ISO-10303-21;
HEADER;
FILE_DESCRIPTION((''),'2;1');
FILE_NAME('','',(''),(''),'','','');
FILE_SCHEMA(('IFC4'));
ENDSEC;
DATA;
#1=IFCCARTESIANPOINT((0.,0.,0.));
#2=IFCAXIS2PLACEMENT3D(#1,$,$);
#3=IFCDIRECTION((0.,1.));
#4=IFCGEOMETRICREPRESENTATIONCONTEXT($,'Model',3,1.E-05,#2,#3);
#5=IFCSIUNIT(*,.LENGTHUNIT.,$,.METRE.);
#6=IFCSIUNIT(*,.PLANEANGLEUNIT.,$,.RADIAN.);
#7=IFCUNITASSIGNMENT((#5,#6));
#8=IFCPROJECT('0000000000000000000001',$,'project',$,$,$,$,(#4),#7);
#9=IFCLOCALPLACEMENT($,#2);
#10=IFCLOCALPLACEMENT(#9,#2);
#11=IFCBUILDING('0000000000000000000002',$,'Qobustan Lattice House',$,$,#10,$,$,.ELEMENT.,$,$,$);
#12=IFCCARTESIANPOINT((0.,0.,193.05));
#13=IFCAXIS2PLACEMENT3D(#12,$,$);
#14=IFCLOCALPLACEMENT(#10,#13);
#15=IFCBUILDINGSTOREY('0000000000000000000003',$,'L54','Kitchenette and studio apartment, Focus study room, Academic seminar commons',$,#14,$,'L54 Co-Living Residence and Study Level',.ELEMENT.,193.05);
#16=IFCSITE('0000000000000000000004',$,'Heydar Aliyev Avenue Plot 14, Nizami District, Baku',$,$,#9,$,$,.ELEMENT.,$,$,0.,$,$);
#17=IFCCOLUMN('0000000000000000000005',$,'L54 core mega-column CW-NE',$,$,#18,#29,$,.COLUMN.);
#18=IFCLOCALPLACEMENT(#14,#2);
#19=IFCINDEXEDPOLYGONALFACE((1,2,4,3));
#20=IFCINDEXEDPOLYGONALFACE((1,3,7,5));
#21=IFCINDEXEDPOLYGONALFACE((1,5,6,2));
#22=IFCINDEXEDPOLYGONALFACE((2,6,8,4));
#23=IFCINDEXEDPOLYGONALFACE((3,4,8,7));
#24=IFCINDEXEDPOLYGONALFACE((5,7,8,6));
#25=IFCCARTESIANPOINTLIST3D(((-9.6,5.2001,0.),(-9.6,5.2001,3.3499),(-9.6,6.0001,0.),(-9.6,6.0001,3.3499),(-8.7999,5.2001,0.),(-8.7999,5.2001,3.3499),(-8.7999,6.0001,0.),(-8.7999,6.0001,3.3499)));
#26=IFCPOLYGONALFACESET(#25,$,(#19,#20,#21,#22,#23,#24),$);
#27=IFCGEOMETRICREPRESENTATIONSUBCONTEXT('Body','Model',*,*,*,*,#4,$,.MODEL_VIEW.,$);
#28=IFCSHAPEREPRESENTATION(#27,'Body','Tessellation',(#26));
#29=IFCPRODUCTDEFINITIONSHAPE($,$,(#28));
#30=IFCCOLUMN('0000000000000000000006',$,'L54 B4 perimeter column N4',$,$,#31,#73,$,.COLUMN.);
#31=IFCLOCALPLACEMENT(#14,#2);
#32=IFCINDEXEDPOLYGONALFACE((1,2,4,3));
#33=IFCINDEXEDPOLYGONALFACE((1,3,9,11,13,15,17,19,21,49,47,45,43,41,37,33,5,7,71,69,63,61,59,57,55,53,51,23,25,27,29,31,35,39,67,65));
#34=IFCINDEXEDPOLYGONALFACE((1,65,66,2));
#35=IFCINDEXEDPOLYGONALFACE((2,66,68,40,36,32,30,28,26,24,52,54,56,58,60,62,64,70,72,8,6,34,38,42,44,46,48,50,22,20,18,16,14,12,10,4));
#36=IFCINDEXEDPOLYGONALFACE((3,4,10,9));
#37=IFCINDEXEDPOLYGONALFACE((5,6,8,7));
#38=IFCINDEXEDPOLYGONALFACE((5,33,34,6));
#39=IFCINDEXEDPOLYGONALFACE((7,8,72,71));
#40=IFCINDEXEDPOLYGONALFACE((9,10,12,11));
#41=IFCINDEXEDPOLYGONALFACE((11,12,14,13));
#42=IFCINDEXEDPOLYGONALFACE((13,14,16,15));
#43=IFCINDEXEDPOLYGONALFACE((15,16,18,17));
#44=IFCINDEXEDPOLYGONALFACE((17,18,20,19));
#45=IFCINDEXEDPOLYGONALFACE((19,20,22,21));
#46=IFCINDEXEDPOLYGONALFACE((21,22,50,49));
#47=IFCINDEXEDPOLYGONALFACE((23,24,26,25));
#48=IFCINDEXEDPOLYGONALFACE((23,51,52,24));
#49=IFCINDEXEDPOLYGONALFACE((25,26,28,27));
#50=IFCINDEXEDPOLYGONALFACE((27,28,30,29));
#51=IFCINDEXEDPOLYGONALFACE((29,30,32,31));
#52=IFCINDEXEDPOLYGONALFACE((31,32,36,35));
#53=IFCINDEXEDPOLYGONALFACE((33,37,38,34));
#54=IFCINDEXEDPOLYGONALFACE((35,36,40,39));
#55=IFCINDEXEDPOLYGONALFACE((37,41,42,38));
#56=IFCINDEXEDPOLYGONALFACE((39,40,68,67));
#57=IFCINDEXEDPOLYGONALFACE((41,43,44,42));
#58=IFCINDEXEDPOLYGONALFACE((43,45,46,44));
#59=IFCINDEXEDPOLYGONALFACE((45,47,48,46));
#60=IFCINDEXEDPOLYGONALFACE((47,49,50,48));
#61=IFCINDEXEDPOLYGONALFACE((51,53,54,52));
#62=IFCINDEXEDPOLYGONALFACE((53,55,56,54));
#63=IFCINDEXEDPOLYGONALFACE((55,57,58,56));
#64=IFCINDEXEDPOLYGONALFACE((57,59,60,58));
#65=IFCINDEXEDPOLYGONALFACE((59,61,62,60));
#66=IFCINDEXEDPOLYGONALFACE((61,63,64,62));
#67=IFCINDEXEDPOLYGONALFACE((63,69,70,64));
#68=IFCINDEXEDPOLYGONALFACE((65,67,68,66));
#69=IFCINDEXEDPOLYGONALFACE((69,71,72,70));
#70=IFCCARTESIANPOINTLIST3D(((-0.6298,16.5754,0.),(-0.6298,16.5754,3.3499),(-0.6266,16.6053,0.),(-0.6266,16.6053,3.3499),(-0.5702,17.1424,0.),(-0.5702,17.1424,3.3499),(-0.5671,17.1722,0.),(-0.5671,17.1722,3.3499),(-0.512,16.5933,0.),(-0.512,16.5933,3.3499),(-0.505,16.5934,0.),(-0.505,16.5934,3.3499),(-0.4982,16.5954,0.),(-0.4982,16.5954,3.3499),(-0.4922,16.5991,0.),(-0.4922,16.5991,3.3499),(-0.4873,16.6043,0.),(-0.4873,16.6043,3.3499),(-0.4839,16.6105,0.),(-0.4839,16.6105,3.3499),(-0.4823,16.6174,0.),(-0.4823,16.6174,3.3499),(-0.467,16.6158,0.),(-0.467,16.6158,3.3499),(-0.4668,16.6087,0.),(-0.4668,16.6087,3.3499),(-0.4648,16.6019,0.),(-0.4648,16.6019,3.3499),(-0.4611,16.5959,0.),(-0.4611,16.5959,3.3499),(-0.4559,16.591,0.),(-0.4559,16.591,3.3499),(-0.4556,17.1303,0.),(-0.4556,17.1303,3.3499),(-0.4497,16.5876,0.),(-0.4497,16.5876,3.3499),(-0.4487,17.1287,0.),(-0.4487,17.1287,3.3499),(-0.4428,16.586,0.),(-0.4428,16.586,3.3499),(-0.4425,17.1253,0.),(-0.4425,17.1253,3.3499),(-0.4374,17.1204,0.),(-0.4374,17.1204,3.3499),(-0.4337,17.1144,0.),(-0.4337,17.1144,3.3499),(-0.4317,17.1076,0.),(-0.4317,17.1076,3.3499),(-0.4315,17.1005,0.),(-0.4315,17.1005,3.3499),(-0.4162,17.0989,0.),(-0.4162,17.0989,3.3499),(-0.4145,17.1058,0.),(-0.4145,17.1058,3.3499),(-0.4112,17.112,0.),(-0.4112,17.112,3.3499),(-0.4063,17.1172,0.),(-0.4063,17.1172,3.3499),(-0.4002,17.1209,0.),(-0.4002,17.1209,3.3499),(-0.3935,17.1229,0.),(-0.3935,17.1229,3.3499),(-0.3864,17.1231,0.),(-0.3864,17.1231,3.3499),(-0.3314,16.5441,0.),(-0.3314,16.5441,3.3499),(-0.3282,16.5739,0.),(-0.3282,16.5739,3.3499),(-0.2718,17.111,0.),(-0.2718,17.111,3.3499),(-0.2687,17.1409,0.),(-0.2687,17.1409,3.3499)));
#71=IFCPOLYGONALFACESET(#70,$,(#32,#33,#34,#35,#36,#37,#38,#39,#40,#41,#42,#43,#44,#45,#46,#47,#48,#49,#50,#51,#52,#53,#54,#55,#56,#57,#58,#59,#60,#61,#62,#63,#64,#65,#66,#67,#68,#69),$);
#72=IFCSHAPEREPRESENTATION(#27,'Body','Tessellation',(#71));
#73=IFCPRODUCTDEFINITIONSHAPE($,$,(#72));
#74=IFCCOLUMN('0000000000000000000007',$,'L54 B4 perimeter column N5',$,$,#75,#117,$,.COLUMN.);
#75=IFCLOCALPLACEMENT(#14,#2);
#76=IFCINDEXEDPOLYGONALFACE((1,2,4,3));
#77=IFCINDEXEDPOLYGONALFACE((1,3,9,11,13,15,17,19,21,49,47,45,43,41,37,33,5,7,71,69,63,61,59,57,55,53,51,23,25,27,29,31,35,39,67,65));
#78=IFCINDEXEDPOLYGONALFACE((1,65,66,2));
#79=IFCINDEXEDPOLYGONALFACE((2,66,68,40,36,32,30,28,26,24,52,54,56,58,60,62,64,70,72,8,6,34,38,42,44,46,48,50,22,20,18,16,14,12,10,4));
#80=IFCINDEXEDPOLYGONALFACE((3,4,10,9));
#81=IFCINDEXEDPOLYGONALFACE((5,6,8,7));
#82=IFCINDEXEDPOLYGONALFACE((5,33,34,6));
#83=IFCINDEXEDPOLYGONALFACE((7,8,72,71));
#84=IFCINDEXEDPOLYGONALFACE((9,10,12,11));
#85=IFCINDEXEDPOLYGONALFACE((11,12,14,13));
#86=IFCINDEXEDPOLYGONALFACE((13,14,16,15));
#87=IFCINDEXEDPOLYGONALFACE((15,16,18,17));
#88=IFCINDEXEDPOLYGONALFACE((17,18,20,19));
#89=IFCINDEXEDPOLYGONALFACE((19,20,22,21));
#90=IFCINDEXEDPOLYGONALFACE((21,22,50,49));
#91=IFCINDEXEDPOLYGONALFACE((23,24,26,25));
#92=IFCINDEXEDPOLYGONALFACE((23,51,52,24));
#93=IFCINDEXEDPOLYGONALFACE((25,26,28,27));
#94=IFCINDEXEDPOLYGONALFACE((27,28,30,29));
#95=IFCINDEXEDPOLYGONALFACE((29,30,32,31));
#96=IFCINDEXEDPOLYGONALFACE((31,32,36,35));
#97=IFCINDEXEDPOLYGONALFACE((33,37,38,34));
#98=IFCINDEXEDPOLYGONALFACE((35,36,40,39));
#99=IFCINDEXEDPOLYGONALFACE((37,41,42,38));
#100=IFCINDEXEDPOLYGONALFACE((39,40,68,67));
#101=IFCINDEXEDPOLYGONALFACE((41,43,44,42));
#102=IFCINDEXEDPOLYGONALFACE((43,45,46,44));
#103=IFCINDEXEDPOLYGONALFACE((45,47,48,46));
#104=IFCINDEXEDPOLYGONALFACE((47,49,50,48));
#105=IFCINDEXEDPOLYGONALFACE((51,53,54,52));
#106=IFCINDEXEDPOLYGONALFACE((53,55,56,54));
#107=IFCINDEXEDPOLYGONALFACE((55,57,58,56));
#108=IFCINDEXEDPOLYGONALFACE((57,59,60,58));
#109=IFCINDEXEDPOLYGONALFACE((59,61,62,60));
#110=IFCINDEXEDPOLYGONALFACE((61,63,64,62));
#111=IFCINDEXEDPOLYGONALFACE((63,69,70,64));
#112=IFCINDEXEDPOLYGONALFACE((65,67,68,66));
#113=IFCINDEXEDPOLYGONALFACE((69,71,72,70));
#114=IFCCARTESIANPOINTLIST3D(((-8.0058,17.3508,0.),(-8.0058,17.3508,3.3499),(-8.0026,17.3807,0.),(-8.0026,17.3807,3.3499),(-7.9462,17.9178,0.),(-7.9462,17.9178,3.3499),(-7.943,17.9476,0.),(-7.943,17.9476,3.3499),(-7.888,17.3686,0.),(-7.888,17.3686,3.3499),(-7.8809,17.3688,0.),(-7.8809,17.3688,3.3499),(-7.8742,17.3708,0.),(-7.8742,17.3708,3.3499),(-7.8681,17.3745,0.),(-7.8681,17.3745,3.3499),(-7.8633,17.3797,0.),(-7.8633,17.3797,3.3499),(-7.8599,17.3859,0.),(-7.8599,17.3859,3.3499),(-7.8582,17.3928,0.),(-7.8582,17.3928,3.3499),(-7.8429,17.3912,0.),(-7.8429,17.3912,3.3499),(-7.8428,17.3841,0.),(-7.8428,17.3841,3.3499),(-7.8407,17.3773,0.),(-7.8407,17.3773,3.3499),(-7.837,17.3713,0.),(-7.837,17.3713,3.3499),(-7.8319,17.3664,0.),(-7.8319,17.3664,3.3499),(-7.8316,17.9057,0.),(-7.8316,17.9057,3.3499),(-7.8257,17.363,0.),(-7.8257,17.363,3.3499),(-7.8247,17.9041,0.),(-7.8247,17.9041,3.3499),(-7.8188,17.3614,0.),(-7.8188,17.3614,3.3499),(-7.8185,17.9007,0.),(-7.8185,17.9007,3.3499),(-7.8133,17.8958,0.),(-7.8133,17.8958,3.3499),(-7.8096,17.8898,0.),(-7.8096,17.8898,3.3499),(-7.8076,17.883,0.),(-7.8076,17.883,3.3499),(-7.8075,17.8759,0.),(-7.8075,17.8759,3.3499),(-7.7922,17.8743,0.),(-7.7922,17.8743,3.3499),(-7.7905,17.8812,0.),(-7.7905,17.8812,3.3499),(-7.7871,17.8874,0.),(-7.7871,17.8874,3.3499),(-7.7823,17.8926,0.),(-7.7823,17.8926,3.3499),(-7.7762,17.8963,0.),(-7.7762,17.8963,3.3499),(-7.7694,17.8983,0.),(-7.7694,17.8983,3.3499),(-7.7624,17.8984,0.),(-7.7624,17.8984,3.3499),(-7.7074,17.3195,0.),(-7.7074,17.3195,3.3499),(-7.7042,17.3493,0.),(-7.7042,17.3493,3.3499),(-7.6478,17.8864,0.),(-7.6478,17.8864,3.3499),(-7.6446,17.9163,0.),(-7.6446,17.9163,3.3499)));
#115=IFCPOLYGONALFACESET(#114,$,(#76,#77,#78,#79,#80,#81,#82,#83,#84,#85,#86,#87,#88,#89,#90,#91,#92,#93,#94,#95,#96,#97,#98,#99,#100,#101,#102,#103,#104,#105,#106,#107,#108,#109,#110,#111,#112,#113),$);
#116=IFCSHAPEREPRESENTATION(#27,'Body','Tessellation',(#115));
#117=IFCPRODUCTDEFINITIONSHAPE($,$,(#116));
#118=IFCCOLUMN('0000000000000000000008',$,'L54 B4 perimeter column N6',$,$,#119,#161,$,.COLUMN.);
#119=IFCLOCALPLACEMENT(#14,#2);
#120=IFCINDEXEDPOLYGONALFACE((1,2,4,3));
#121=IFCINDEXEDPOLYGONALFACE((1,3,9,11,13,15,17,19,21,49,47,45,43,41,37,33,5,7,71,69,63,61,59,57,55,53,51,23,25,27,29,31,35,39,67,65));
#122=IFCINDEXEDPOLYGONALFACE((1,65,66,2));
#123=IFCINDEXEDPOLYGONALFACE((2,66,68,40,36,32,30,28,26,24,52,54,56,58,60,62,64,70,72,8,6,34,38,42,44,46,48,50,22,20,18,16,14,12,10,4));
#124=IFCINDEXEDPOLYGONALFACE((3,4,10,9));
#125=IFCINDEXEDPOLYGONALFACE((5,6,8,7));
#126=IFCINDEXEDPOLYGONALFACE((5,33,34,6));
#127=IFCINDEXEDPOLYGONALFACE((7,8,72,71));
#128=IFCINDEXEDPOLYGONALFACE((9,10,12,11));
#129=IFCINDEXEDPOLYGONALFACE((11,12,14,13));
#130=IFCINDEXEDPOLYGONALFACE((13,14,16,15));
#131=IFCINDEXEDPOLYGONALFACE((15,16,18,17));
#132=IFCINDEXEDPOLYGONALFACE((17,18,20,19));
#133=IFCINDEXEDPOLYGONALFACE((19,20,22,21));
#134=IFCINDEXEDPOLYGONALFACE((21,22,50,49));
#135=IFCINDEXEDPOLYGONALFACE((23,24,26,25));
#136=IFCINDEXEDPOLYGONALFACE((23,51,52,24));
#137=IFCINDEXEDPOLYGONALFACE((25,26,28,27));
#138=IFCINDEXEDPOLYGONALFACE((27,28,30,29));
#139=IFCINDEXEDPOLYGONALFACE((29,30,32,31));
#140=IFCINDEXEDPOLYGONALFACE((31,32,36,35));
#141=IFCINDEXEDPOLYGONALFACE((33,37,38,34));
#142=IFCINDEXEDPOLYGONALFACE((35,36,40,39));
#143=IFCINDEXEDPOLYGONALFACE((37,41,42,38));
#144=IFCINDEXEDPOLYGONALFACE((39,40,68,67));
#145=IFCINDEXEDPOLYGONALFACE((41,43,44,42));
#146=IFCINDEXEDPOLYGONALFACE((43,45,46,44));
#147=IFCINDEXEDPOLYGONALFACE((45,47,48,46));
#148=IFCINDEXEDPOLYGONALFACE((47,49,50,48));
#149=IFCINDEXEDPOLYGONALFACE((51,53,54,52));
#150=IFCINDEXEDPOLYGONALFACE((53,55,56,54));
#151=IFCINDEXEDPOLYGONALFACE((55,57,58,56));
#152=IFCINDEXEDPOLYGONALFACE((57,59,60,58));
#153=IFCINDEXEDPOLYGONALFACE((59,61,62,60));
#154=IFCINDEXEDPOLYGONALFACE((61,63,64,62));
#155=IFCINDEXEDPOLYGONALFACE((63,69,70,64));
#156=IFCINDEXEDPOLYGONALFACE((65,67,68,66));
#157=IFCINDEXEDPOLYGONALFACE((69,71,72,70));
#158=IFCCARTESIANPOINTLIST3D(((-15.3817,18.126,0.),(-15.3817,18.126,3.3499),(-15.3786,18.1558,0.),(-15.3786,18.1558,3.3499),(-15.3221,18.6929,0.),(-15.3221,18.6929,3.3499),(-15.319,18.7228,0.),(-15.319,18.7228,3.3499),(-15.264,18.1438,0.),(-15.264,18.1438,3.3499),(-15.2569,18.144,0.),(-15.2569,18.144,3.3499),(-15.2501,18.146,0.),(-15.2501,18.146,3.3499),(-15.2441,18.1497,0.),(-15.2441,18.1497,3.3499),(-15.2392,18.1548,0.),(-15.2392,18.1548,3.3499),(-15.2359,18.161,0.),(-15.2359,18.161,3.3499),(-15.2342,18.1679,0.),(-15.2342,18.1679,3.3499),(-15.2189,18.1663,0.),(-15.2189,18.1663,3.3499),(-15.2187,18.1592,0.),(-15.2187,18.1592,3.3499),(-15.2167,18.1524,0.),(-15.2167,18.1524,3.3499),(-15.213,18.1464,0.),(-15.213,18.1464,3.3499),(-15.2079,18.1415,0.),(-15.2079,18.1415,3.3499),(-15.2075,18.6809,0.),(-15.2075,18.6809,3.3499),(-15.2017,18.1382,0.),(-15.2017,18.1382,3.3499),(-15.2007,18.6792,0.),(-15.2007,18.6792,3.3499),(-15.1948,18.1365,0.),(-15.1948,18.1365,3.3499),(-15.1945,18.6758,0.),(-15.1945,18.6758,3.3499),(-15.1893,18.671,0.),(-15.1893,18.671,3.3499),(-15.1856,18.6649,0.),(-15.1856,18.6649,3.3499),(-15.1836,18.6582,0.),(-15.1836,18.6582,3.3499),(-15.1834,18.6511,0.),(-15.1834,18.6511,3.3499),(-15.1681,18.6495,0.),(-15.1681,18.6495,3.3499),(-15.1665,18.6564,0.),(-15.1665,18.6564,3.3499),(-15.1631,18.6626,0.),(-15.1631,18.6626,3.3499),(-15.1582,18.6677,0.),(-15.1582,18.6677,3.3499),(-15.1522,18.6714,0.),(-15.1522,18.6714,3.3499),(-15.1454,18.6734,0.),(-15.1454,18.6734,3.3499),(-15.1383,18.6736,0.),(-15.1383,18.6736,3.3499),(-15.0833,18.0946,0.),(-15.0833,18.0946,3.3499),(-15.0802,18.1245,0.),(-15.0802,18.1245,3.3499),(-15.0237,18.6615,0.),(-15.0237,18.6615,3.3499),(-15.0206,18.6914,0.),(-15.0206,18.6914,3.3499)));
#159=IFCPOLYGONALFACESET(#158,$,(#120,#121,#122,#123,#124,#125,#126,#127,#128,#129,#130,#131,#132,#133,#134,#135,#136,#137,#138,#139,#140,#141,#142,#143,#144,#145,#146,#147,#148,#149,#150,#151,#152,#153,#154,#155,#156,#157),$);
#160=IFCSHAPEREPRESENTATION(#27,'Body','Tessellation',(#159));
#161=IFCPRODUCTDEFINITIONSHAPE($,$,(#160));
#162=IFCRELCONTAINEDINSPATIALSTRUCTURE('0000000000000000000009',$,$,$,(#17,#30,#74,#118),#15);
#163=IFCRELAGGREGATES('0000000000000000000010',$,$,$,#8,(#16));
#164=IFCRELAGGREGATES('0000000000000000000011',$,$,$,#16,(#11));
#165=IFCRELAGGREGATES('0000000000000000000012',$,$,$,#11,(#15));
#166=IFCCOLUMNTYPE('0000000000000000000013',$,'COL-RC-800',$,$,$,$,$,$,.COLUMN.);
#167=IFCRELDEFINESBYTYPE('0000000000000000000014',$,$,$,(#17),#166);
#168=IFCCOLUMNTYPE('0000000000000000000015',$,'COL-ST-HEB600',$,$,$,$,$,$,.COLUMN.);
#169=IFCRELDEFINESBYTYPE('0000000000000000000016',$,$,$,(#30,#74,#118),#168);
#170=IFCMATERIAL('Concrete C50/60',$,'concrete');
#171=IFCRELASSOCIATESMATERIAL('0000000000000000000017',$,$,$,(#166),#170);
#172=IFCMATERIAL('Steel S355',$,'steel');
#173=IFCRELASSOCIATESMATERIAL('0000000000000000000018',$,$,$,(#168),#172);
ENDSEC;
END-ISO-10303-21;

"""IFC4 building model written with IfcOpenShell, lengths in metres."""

from ifc_helpers import new_model, si_unit, direction, frame, origin, origin_2d, place, context, subcontext, project, spatial, rectangle, i_section, extrude, material, material_profile, profile_set, type_object, element, save


model = new_model("IFC4")

# Units and contexts
model_context = context("Model", 3, precision=1e-05, world=origin(), true_north=direction((0.0, 1.0)))
body_context = subcontext(model_context, "Body", "Model", "MODEL_VIEW")
ifc_project = project(units=[si_unit("LENGTHUNIT", "METRE"), si_unit("PLANEANGLEUNIT", "RADIAN")], contexts=[model_context])

# Site, building, storey
site_placement = place(None, origin())
site = spatial("IfcSite", under=ifc_project, at=site_placement, Name="Heydar Aliyev Avenue Plot 14, Nizami District, Baku", CompositionType="ELEMENT", RefElevation=0.0)
building_placement = place(site_placement, origin())
building = spatial("IfcBuilding", under=site, at=building_placement, Name="Qobustan Lattice House", CompositionType="ELEMENT")
storey_placement = place(building_placement, frame((0.0, 0.0, 193.05)))
storey = spatial("IfcBuildingStorey", under=building, at=storey_placement, Name="L54", Description="Kitchenette and studio apartment, Focus study room, Academic seminar commons", LongName="L54 Co-Living Residence and Study Level", CompositionType="ELEMENT", Elevation=193.05)

# Columns
ifc_material_1 = material(Name="Concrete C50/60", Category="concrete")
ifc_material_profile_1 = material_profile(ifc_material_1, rectangle(XDim=0.8, YDim=0.8, at=origin_2d()), Name="RC800x800")
ifc_profile_set_1 = profile_set([ifc_material_profile_1], Name="Concrete C50/60")
column_type_1 = type_object("IfcColumnType", Name="COL-RC-800", PredefinedType="COLUMN", material=ifc_profile_set_1)
column_placement = place(storey_placement, frame((-9.2, 5.6001, 0.0), z_axis=(0.0, 0.0, 1.0), x_axis=(1.0, 0.0, 0.0)))
element("IfcColumn", 1, at=column_placement, inside=storey, type_object=column_type_1, Name="L54 core mega-column CW-NE", PredefinedType="COLUMN", context=body_context, shape_type="SweptSolid", body=[
    extrude(rectangle(XDim=0.8, YDim=0.8, at=origin_2d()), origin(), (0.0, 0.0, 1.0), 3.3499),
])
ifc_material_2 = material(Name="Steel S355", Category="steel")
ifc_material_profile_2 = material_profile(ifc_material_2, i_section(OverallWidth=0.3, OverallDepth=0.6001, WebThickness=0.0154, FlangeThickness=0.03, FilletRadius=0.0271, at=origin_2d()), Name="HEB600")
ifc_profile_set_2 = profile_set([ifc_material_profile_2], Name="Steel S355")
column_type_2 = type_object("IfcColumnType", Name="COL-ST-HEB600", PredefinedType="COLUMN", material=ifc_profile_set_2)
for number, where, z_axis, x_axis, name in (
    (2, (-0.4492, 16.8582, 0.0), (0.0, 0.0, 1.0), (0.994522, -0.104528, 0.0), "L54 B4 perimeter column N4"),
    (3, (-7.8252, 17.6335, 0.0), (0.0, 0.0, 1.0), (0.994522, -0.104528, 0.0), "L54 B4 perimeter column N5"),
    (4, (-15.2012, 18.4087, 0.0), (0.0, 0.0, 1.0), (0.994522, -0.104528, 0.0), "L54 B4 perimeter column N6"),
):
    element("IfcColumn", number, at=place(storey_placement, frame(where, z_axis=z_axis, x_axis=x_axis)), inside=storey, type_object=column_type_2, Name=name, PredefinedType="COLUMN", context=body_context, shape_type="SweptSolid", body=[
        extrude(i_section(OverallWidth=0.3, OverallDepth=0.6001, WebThickness=0.0154, FlangeThickness=0.03, FilletRadius=0.0271, at=origin_2d()), origin(), (0.0, 0.0, 1.0), 3.3499),
    ])

save(model, "model.ifc")
